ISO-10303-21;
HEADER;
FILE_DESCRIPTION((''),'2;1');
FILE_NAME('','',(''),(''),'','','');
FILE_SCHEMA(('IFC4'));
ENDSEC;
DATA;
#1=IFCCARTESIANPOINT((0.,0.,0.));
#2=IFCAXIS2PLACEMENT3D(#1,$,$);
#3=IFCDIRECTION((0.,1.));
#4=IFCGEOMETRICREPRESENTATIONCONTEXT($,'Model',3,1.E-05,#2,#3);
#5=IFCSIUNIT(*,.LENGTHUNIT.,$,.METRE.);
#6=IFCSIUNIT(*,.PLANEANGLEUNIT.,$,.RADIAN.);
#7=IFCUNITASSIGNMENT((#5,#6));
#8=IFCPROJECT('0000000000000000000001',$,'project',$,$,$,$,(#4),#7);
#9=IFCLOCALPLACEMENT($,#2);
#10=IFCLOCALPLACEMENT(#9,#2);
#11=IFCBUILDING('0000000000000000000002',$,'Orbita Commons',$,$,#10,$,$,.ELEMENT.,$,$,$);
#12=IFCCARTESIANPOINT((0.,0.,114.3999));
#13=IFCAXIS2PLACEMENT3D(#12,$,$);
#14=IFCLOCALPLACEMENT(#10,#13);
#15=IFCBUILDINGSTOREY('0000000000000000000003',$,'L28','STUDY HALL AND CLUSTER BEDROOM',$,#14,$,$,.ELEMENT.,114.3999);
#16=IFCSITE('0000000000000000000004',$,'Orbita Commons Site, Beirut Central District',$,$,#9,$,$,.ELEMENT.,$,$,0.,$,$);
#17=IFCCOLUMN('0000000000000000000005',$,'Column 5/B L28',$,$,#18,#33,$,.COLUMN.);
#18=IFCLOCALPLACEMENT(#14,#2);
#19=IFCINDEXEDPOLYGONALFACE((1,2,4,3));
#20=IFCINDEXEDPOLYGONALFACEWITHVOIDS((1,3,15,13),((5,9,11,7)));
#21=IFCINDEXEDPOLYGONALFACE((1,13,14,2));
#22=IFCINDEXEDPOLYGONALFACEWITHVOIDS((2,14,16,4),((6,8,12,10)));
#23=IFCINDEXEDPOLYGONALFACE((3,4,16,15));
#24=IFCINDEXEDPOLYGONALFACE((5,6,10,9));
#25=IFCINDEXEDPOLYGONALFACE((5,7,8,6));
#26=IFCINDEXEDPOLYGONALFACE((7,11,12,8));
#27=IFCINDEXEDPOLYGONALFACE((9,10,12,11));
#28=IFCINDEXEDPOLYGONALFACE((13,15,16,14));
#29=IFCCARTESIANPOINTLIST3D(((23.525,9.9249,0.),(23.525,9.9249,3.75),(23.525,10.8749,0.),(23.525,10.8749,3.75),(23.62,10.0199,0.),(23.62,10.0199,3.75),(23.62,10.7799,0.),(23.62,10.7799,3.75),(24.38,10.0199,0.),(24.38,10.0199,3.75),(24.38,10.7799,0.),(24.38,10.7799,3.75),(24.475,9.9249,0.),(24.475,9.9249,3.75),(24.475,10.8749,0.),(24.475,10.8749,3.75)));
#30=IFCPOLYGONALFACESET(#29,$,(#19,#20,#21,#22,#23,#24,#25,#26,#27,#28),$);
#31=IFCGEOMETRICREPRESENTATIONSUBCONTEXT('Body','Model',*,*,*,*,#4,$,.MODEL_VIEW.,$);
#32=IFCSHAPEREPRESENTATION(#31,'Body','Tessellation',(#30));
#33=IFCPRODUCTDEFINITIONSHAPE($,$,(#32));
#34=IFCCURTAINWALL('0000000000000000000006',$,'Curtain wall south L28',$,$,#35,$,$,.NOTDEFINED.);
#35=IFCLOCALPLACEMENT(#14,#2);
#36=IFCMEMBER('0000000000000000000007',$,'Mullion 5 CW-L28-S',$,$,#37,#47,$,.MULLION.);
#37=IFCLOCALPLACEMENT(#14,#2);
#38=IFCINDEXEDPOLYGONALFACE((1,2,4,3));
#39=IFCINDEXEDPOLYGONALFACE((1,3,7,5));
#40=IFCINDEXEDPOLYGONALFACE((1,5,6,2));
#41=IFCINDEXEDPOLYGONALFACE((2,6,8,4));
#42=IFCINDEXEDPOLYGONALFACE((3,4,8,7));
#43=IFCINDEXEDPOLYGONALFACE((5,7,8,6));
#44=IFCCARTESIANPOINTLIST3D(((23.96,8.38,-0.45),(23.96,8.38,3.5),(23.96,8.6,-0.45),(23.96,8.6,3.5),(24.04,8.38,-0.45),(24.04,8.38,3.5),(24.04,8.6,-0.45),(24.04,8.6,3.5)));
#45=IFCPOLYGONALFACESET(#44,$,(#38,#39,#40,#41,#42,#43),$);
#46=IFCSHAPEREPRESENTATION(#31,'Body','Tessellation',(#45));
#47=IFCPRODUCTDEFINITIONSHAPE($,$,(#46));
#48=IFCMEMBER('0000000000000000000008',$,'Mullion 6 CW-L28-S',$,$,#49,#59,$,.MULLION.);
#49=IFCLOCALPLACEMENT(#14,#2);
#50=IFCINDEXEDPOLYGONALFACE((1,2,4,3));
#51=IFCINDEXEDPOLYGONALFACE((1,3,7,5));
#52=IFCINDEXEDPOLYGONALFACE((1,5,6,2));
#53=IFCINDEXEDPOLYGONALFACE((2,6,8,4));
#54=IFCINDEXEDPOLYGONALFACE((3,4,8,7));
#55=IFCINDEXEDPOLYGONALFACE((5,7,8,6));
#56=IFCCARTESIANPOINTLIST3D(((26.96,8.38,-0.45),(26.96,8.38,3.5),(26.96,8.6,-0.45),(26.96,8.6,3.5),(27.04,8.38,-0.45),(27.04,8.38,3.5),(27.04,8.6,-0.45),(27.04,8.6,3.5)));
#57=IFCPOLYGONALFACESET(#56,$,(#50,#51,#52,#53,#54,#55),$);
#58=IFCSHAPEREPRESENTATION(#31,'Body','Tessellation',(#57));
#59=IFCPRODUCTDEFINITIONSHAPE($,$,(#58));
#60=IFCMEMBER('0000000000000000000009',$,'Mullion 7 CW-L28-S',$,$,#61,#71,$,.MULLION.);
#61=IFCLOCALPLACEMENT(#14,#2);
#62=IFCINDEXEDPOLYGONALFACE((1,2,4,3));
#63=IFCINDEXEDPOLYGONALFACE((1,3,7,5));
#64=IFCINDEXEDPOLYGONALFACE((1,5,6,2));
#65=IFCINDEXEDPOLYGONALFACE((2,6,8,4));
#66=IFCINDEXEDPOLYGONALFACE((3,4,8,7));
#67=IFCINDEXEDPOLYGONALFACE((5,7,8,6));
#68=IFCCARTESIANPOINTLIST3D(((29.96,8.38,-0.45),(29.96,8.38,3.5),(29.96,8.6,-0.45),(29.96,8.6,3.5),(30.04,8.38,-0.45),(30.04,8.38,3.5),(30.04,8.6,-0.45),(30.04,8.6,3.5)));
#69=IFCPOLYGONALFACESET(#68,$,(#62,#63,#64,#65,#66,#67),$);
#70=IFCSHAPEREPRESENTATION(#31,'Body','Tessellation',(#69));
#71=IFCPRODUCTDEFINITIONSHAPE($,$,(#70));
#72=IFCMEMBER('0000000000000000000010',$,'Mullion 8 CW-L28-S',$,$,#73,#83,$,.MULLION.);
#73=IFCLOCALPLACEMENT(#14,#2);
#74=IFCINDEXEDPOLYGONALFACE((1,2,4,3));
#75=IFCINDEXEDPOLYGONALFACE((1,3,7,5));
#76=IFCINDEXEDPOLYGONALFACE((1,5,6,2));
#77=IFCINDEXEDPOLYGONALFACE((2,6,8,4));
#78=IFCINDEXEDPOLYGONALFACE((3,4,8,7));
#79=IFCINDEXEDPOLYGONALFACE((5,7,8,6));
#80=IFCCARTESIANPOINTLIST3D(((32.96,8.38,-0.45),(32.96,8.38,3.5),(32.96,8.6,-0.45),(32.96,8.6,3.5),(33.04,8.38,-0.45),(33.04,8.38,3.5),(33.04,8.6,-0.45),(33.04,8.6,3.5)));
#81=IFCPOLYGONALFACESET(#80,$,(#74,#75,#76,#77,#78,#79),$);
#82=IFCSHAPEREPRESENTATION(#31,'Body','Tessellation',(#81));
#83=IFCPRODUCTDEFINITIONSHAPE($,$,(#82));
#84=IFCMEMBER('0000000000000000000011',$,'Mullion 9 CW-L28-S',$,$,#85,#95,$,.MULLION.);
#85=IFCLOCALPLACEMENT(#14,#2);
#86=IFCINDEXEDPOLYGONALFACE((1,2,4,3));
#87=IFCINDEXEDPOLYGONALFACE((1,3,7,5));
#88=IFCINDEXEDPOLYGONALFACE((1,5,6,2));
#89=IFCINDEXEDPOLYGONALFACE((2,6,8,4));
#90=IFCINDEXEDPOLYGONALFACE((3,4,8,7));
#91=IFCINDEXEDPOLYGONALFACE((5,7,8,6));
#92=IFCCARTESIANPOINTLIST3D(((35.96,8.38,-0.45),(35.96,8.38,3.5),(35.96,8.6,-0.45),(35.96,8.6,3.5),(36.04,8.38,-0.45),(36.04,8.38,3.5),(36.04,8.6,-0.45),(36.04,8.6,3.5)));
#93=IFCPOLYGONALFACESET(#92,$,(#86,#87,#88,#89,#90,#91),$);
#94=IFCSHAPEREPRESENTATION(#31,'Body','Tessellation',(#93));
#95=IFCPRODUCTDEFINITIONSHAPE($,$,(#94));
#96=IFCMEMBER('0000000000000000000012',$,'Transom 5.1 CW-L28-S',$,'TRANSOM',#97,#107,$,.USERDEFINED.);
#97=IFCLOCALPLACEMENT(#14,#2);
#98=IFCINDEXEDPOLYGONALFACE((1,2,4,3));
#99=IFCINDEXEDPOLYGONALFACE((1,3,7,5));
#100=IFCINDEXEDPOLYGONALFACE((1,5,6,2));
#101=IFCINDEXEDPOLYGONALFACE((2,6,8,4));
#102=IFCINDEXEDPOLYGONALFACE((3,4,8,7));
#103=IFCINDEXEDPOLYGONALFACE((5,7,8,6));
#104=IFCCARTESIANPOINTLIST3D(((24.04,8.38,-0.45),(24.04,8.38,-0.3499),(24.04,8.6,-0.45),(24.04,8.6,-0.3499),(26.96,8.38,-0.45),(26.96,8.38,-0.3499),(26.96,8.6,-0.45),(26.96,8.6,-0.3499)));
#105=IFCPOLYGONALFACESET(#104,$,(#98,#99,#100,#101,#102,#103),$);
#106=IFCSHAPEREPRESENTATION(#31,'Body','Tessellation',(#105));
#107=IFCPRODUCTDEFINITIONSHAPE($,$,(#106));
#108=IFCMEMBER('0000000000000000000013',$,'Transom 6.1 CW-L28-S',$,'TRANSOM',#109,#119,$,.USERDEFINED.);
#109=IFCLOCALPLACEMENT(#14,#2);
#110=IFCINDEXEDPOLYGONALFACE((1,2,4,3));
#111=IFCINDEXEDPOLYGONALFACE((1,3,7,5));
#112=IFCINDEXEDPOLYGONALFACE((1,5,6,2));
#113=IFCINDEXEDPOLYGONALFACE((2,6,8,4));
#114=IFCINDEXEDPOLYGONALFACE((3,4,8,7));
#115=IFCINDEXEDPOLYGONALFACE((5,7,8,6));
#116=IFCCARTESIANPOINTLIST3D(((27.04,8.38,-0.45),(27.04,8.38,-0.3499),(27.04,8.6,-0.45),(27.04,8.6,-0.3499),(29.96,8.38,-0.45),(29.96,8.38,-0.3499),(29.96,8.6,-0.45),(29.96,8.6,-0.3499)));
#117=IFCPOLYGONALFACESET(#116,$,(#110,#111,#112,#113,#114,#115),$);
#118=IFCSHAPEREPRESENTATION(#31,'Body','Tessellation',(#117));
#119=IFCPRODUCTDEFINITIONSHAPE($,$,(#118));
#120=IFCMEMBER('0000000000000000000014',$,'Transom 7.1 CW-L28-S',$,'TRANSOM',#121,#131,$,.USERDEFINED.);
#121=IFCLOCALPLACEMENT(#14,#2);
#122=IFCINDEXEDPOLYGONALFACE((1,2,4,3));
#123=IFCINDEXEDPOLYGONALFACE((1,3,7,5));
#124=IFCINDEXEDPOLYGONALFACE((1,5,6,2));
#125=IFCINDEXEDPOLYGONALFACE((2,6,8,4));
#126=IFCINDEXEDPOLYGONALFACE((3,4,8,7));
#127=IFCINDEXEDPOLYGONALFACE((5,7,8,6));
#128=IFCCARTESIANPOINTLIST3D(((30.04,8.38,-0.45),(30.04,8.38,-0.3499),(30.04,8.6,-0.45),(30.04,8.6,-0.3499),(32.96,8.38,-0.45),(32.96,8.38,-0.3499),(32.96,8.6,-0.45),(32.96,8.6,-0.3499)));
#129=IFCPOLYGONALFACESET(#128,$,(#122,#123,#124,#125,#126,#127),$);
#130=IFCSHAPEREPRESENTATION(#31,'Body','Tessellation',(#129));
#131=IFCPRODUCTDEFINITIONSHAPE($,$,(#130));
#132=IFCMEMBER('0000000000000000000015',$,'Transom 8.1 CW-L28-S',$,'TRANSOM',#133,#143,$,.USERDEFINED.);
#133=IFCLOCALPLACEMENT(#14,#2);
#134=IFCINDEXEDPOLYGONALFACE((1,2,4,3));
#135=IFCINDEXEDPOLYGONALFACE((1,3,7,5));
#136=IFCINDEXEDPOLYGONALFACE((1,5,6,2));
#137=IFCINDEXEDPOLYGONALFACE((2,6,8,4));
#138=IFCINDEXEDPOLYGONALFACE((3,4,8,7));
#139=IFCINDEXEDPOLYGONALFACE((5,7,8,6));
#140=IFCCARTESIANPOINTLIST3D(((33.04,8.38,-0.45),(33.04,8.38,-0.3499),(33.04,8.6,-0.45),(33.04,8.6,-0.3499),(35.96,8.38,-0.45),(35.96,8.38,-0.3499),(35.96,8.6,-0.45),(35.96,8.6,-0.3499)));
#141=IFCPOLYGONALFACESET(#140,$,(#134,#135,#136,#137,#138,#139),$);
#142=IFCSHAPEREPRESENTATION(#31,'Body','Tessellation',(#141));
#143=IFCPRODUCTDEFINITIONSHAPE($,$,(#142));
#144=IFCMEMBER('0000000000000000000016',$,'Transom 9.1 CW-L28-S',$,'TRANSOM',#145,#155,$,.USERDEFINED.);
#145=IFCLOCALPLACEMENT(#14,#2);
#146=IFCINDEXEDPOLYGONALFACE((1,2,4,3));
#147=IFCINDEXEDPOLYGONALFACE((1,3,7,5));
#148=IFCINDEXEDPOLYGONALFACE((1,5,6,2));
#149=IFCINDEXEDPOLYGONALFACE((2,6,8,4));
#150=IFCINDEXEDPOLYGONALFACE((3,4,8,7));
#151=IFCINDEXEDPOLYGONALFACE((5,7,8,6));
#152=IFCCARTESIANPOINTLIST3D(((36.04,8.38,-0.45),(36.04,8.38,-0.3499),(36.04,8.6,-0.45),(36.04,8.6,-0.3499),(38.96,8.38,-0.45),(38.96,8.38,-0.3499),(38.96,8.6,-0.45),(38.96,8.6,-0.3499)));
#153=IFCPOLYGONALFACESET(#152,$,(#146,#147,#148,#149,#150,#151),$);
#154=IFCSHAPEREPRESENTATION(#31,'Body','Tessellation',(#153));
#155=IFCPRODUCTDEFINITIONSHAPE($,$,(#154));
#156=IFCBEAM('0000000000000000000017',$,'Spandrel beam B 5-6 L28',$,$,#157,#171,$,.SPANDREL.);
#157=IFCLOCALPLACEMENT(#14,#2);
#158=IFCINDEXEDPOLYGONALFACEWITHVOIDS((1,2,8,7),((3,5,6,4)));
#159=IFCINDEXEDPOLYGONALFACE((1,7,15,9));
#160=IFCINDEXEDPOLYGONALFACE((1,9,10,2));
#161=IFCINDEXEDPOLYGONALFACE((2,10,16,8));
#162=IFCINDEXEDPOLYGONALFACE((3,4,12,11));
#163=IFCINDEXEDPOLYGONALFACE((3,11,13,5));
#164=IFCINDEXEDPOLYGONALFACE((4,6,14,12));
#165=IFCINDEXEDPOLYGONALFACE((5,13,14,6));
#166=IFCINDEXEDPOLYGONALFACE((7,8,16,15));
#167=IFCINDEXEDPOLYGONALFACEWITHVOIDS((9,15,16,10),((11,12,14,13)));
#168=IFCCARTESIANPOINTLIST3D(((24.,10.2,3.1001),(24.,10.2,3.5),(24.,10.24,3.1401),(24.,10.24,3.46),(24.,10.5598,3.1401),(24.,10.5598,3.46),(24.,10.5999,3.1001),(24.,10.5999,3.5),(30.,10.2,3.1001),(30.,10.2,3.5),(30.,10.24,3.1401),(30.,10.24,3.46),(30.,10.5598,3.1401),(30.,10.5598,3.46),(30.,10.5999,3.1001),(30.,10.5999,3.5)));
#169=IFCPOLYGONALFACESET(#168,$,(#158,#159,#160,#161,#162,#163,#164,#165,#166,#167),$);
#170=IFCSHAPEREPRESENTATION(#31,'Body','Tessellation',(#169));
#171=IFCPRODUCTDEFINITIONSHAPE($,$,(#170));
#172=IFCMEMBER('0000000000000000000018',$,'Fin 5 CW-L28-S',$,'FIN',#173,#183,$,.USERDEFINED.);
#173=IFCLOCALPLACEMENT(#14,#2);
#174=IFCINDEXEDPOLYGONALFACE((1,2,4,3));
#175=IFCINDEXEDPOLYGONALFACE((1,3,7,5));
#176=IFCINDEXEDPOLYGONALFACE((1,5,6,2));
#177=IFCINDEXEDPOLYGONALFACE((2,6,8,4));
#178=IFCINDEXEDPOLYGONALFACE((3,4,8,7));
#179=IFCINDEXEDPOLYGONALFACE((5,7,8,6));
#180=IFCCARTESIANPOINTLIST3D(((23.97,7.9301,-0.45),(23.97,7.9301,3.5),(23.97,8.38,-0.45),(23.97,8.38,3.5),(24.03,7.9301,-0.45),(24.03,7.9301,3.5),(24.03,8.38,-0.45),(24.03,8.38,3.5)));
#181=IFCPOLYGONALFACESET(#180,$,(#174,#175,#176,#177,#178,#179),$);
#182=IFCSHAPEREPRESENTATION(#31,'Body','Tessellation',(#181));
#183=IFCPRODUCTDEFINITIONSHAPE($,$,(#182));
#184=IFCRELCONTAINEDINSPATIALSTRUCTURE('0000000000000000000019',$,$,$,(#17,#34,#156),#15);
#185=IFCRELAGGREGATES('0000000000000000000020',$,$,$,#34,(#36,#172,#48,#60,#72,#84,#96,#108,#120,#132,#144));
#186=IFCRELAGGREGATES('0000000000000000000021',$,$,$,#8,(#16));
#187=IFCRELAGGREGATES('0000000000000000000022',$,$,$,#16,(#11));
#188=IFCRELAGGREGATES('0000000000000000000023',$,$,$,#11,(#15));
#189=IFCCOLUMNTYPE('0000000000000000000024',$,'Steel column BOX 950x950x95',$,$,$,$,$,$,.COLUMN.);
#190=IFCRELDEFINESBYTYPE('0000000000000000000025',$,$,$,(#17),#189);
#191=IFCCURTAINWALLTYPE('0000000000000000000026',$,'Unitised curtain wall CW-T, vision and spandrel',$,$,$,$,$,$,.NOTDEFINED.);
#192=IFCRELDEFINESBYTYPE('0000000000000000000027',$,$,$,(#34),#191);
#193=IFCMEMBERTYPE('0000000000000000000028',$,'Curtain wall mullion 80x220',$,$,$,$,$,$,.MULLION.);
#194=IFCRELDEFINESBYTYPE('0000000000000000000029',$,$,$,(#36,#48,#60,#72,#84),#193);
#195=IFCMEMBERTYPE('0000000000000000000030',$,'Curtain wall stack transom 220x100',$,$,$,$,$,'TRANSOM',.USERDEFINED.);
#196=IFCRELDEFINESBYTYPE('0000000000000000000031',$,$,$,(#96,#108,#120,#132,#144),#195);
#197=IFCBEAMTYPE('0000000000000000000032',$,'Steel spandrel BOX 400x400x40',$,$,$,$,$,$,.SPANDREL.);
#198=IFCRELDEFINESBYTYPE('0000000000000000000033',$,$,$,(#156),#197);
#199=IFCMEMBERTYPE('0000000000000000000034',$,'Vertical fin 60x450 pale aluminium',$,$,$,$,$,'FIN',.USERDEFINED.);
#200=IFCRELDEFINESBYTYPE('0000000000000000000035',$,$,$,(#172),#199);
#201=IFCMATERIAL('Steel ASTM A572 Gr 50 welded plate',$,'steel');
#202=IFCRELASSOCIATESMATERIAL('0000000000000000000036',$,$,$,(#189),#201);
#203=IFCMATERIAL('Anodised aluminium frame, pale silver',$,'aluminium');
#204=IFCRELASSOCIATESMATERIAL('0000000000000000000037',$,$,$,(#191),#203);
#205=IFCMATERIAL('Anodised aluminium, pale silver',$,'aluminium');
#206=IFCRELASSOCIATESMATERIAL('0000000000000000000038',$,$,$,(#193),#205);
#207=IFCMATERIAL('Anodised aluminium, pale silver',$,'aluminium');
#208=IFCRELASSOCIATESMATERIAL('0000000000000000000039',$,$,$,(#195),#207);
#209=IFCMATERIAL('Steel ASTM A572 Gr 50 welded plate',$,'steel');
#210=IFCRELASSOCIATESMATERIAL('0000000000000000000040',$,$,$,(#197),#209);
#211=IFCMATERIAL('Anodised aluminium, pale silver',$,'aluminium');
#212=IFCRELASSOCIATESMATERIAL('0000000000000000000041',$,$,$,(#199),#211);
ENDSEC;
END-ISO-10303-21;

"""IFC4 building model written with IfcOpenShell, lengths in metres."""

from ifc_helpers import new_model, si_unit, direction, frame, origin, origin_2d, place, context, subcontext, project, spatial, rectangle, hollow_rectangle, extrude, material, material_profile, profile_set, type_object, element, aggregate, save


model = new_model("IFC4")

# Units and contexts
model_context = context("Model", 3, precision=1e-05, world=origin(), true_north=direction((0.0, 1.0)))
body_context = subcontext(model_context, "Body", "Model", "MODEL_VIEW")
ifc_project = project(units=[si_unit("LENGTHUNIT", "METRE"), si_unit("PLANEANGLEUNIT", "RADIAN")], contexts=[model_context])

# Site, building, storey
site_placement = place(None, origin())
site = spatial("IfcSite", under=ifc_project, at=site_placement, Name="Orbita Commons Site, Beirut Central District", CompositionType="ELEMENT", RefElevation=0.0)
building_placement = place(site_placement, origin())
building = spatial("IfcBuilding", under=site, at=building_placement, Name="Orbita Commons", CompositionType="ELEMENT")
storey_placement = place(building_placement, frame((0.0, 0.0, 114.3999)))
storey = spatial("IfcBuildingStorey", under=building, at=storey_placement, Name="L28", Description="STUDY HALL AND CLUSTER BEDROOM", CompositionType="ELEMENT", Elevation=114.3999)

# Column
ifc_material_1 = material(Name="Steel ASTM A572 Gr 50 welded plate", Category="steel")
ifc_material_profile_1 = material_profile(ifc_material_1, hollow_rectangle(XDim=0.95, YDim=0.95, WallThickness=0.095, at=origin_2d()), Name="BOX 950x950x95")
ifc_profile_set_1 = profile_set([ifc_material_profile_1], Name="Steel ASTM A572 Gr 50 welded plate")
column_type = type_object("IfcColumnType", Name="Steel column BOX 950x950x95", PredefinedType="COLUMN", material=ifc_profile_set_1)
column_placement = place(storey_placement, frame((24.0, 10.3999, 0.0), z_axis=(0.0, 0.0, 1.0), x_axis=(1.0, 0.0, 0.0)))
element("IfcColumn", 1, at=column_placement, inside=storey, type_object=column_type, Name="Column 5/B L28", PredefinedType="COLUMN", context=body_context, shape_type="SweptSolid", body=[
    extrude(hollow_rectangle(XDim=0.95, YDim=0.95, WallThickness=0.095, at=origin_2d()), origin(), (0.0, 0.0, 1.0), 3.75),
])

# Curtain wall, members
ifc_material_2 = material(Name="Anodised aluminium frame, pale silver", Category="aluminium")
curtain_wall_type = type_object("IfcCurtainWallType", Name="Unitised curtain wall CW-T, vision and spandrel", PredefinedType="NOTDEFINED", material=ifc_material_2)
curtain_wall_placement = place(storey_placement, origin())
curtain_wall = element("IfcCurtainWall", 2, at=curtain_wall_placement, inside=storey, type_object=curtain_wall_type, Name="Curtain wall south L28", PredefinedType="NOTDEFINED")
ifc_material_3 = material(Name="Anodised aluminium, pale silver", Category="aluminium")
ifc_material_profile_2 = material_profile(ifc_material_3, rectangle(XDim=0.0801, YDim=0.22, at=origin_2d()), Name="AL 80x220")
ifc_profile_set_2 = profile_set([ifc_material_profile_2], Name="Anodised aluminium, pale silver")
member_type_1 = type_object("IfcMemberType", Name="Curtain wall mullion 80x220", PredefinedType="MULLION", material=ifc_profile_set_2)
member_1_placement = place(storey_placement, frame((24.0, 8.49, -0.45), z_axis=(0.0, 0.0, 1.0), x_axis=(1.0, 0.0, 0.0)))
member_1 = element("IfcMember", 3, at=member_1_placement, type_object=member_type_1, Name="Mullion 5 CW-L28-S", PredefinedType="MULLION", context=body_context, shape_type="SweptSolid", body=[
    extrude(rectangle(XDim=0.0801, YDim=0.22, at=origin_2d()), origin(), (0.0, 0.0, 1.0), 3.95),
])
member_2_placement = place(storey_placement, frame((27.0, 8.49, -0.45), z_axis=(0.0, 0.0, 1.0), x_axis=(1.0, 0.0, 0.0)))
member_2 = element("IfcMember", 4, at=member_2_placement, type_object=member_type_1, Name="Mullion 6 CW-L28-S", PredefinedType="MULLION", context=body_context, shape_type="SweptSolid", body=[
    extrude(rectangle(XDim=0.0801, YDim=0.22, at=origin_2d()), origin(), (0.0, 0.0, 1.0), 3.95),
])
member_3_placement = place(storey_placement, frame((30.0, 8.49, -0.45), z_axis=(0.0, 0.0, 1.0), x_axis=(1.0, 0.0, 0.0)))
member_3 = element("IfcMember", 5, at=member_3_placement, type_object=member_type_1, Name="Mullion 7 CW-L28-S", PredefinedType="MULLION", context=body_context, shape_type="SweptSolid", body=[
    extrude(rectangle(XDim=0.0801, YDim=0.22, at=origin_2d()), origin(), (0.0, 0.0, 1.0), 3.95),
])
member_4_placement = place(storey_placement, frame((33.0, 8.49, -0.45), z_axis=(0.0, 0.0, 1.0), x_axis=(1.0, 0.0, 0.0)))
member_4 = element("IfcMember", 6, at=member_4_placement, type_object=member_type_1, Name="Mullion 8 CW-L28-S", PredefinedType="MULLION", context=body_context, shape_type="SweptSolid", body=[
    extrude(rectangle(XDim=0.0801, YDim=0.22, at=origin_2d()), origin(), (0.0, 0.0, 1.0), 3.95),
])
member_5_placement = place(storey_placement, frame((36.0, 8.49, -0.45), z_axis=(0.0, 0.0, 1.0), x_axis=(1.0, 0.0, 0.0)))
member_5 = element("IfcMember", 7, at=member_5_placement, type_object=member_type_1, Name="Mullion 9 CW-L28-S", PredefinedType="MULLION", context=body_context, shape_type="SweptSolid", body=[
    extrude(rectangle(XDim=0.0801, YDim=0.22, at=origin_2d()), origin(), (0.0, 0.0, 1.0), 3.95),
])
ifc_material_4 = material(Name="Anodised aluminium, pale silver", Category="aluminium")
ifc_material_profile_3 = material_profile(ifc_material_4, rectangle(XDim=0.22, YDim=0.1001, at=origin_2d()), Name="AL 220x100")
ifc_profile_set_3 = profile_set([ifc_material_profile_3], Name="Anodised aluminium, pale silver")
member_type_2 = type_object("IfcMemberType", Name="Curtain wall stack transom 220x100", ElementType="TRANSOM", PredefinedType="USERDEFINED", material=ifc_profile_set_3)
member_6_placement = place(storey_placement, frame((24.04, 8.49, -0.3999), z_axis=(1.0, 0.0, 0.0), x_axis=(0.0, 1.0, 0.0)))
member_6 = element("IfcMember", 8, at=member_6_placement, type_object=member_type_2, Name="Transom 5.1 CW-L28-S", ObjectType="TRANSOM", PredefinedType="USERDEFINED", context=body_context, shape_type="SweptSolid", body=[
    extrude(rectangle(XDim=0.22, YDim=0.1001, at=origin_2d()), origin(), (0.0, 0.0, 1.0), 2.9199),
])
member_7_placement = place(storey_placement, frame((27.04, 8.49, -0.3999), z_axis=(1.0, 0.0, 0.0), x_axis=(0.0, 1.0, 0.0)))
member_7 = element("IfcMember", 9, at=member_7_placement, type_object=member_type_2, Name="Transom 6.1 CW-L28-S", ObjectType="TRANSOM", PredefinedType="USERDEFINED", context=body_context, shape_type="SweptSolid", body=[
    extrude(rectangle(XDim=0.22, YDim=0.1001, at=origin_2d()), origin(), (0.0, 0.0, 1.0), 2.9199),
])
member_8_placement = place(storey_placement, frame((30.04, 8.49, -0.3999), z_axis=(1.0, 0.0, 0.0), x_axis=(0.0, 1.0, 0.0)))
member_8 = element("IfcMember", 10, at=member_8_placement, type_object=member_type_2, Name="Transom 7.1 CW-L28-S", ObjectType="TRANSOM", PredefinedType="USERDEFINED", context=body_context, shape_type="SweptSolid", body=[
    extrude(rectangle(XDim=0.22, YDim=0.1001, at=origin_2d()), origin(), (0.0, 0.0, 1.0), 2.9199),
])
member_9_placement = place(storey_placement, frame((33.04, 8.49, -0.3999), z_axis=(1.0, 0.0, 0.0), x_axis=(0.0, 1.0, 0.0)))
member_9 = element("IfcMember", 11, at=member_9_placement, type_object=member_type_2, Name="Transom 8.1 CW-L28-S", ObjectType="TRANSOM", PredefinedType="USERDEFINED", context=body_context, shape_type="SweptSolid", body=[
    extrude(rectangle(XDim=0.22, YDim=0.1001, at=origin_2d()), origin(), (0.0, 0.0, 1.0), 2.9199),
])
member_10_placement = place(storey_placement, frame((36.04, 8.49, -0.3999), z_axis=(1.0, 0.0, 0.0), x_axis=(0.0, 1.0, 0.0)))
member_10 = element("IfcMember", 12, at=member_10_placement, type_object=member_type_2, Name="Transom 9.1 CW-L28-S", ObjectType="TRANSOM", PredefinedType="USERDEFINED", context=body_context, shape_type="SweptSolid", body=[
    extrude(rectangle(XDim=0.22, YDim=0.1001, at=origin_2d()), origin(), (0.0, 0.0, 1.0), 2.9199),
])

# Beam
ifc_material_5 = material(Name="Steel ASTM A572 Gr 50 welded plate", Category="steel")
ifc_material_profile_4 = material_profile(ifc_material_5, hollow_rectangle(XDim=0.3999, YDim=0.3999, WallThickness=0.04, at=origin_2d()), Name="BOX 400x400x40")
ifc_profile_set_4 = profile_set([ifc_material_profile_4], Name="Steel ASTM A572 Gr 50 welded plate")
beam_type = type_object("IfcBeamType", Name="Steel spandrel BOX 400x400x40", PredefinedType="SPANDREL", material=ifc_profile_set_4)
beam_placement = place(storey_placement, frame((24.0, 10.3999, 3.3), z_axis=(1.0, 0.0, 0.0), x_axis=(0.0, 1.0, 0.0)))
element("IfcBeam", 13, at=beam_placement, inside=storey, type_object=beam_type, Name="Spandrel beam B 5-6 L28", PredefinedType="SPANDREL", context=body_context, shape_type="SweptSolid", body=[
    extrude(hollow_rectangle(XDim=0.3999, YDim=0.3999, WallThickness=0.04, at=origin_2d()), origin(), (0.0, 0.0, 1.0), 6.0),
])

# Member
ifc_material_6 = material(Name="Anodised aluminium, pale silver", Category="aluminium")
ifc_material_profile_5 = material_profile(ifc_material_6, rectangle(XDim=0.0601, YDim=0.45, at=origin_2d()), Name="FIN 60x450")
ifc_profile_set_5 = profile_set([ifc_material_profile_5], Name="Anodised aluminium, pale silver")
member_type_3 = type_object("IfcMemberType", Name="Vertical fin 60x450 pale aluminium", ElementType="FIN", PredefinedType="USERDEFINED", material=ifc_profile_set_5)
member_11_placement = place(storey_placement, frame((24.0, 8.155, -0.45), z_axis=(0.0, 0.0, 1.0), x_axis=(1.0, 0.0, 0.0)))
member_11 = element("IfcMember", 14, at=member_11_placement, type_object=member_type_3, Name="Fin 5 CW-L28-S", ObjectType="FIN", PredefinedType="USERDEFINED", context=body_context, shape_type="SweptSolid", body=[
    extrude(rectangle(XDim=0.0601, YDim=0.45, at=origin_2d()), origin(), (0.0, 0.0, 1.0), 3.95),
])

aggregate(curtain_wall, [member_1, member_11, member_2, member_3, member_4, member_5, member_6, member_7, member_8, member_9, member_10])

save(model, "model.ifc")
